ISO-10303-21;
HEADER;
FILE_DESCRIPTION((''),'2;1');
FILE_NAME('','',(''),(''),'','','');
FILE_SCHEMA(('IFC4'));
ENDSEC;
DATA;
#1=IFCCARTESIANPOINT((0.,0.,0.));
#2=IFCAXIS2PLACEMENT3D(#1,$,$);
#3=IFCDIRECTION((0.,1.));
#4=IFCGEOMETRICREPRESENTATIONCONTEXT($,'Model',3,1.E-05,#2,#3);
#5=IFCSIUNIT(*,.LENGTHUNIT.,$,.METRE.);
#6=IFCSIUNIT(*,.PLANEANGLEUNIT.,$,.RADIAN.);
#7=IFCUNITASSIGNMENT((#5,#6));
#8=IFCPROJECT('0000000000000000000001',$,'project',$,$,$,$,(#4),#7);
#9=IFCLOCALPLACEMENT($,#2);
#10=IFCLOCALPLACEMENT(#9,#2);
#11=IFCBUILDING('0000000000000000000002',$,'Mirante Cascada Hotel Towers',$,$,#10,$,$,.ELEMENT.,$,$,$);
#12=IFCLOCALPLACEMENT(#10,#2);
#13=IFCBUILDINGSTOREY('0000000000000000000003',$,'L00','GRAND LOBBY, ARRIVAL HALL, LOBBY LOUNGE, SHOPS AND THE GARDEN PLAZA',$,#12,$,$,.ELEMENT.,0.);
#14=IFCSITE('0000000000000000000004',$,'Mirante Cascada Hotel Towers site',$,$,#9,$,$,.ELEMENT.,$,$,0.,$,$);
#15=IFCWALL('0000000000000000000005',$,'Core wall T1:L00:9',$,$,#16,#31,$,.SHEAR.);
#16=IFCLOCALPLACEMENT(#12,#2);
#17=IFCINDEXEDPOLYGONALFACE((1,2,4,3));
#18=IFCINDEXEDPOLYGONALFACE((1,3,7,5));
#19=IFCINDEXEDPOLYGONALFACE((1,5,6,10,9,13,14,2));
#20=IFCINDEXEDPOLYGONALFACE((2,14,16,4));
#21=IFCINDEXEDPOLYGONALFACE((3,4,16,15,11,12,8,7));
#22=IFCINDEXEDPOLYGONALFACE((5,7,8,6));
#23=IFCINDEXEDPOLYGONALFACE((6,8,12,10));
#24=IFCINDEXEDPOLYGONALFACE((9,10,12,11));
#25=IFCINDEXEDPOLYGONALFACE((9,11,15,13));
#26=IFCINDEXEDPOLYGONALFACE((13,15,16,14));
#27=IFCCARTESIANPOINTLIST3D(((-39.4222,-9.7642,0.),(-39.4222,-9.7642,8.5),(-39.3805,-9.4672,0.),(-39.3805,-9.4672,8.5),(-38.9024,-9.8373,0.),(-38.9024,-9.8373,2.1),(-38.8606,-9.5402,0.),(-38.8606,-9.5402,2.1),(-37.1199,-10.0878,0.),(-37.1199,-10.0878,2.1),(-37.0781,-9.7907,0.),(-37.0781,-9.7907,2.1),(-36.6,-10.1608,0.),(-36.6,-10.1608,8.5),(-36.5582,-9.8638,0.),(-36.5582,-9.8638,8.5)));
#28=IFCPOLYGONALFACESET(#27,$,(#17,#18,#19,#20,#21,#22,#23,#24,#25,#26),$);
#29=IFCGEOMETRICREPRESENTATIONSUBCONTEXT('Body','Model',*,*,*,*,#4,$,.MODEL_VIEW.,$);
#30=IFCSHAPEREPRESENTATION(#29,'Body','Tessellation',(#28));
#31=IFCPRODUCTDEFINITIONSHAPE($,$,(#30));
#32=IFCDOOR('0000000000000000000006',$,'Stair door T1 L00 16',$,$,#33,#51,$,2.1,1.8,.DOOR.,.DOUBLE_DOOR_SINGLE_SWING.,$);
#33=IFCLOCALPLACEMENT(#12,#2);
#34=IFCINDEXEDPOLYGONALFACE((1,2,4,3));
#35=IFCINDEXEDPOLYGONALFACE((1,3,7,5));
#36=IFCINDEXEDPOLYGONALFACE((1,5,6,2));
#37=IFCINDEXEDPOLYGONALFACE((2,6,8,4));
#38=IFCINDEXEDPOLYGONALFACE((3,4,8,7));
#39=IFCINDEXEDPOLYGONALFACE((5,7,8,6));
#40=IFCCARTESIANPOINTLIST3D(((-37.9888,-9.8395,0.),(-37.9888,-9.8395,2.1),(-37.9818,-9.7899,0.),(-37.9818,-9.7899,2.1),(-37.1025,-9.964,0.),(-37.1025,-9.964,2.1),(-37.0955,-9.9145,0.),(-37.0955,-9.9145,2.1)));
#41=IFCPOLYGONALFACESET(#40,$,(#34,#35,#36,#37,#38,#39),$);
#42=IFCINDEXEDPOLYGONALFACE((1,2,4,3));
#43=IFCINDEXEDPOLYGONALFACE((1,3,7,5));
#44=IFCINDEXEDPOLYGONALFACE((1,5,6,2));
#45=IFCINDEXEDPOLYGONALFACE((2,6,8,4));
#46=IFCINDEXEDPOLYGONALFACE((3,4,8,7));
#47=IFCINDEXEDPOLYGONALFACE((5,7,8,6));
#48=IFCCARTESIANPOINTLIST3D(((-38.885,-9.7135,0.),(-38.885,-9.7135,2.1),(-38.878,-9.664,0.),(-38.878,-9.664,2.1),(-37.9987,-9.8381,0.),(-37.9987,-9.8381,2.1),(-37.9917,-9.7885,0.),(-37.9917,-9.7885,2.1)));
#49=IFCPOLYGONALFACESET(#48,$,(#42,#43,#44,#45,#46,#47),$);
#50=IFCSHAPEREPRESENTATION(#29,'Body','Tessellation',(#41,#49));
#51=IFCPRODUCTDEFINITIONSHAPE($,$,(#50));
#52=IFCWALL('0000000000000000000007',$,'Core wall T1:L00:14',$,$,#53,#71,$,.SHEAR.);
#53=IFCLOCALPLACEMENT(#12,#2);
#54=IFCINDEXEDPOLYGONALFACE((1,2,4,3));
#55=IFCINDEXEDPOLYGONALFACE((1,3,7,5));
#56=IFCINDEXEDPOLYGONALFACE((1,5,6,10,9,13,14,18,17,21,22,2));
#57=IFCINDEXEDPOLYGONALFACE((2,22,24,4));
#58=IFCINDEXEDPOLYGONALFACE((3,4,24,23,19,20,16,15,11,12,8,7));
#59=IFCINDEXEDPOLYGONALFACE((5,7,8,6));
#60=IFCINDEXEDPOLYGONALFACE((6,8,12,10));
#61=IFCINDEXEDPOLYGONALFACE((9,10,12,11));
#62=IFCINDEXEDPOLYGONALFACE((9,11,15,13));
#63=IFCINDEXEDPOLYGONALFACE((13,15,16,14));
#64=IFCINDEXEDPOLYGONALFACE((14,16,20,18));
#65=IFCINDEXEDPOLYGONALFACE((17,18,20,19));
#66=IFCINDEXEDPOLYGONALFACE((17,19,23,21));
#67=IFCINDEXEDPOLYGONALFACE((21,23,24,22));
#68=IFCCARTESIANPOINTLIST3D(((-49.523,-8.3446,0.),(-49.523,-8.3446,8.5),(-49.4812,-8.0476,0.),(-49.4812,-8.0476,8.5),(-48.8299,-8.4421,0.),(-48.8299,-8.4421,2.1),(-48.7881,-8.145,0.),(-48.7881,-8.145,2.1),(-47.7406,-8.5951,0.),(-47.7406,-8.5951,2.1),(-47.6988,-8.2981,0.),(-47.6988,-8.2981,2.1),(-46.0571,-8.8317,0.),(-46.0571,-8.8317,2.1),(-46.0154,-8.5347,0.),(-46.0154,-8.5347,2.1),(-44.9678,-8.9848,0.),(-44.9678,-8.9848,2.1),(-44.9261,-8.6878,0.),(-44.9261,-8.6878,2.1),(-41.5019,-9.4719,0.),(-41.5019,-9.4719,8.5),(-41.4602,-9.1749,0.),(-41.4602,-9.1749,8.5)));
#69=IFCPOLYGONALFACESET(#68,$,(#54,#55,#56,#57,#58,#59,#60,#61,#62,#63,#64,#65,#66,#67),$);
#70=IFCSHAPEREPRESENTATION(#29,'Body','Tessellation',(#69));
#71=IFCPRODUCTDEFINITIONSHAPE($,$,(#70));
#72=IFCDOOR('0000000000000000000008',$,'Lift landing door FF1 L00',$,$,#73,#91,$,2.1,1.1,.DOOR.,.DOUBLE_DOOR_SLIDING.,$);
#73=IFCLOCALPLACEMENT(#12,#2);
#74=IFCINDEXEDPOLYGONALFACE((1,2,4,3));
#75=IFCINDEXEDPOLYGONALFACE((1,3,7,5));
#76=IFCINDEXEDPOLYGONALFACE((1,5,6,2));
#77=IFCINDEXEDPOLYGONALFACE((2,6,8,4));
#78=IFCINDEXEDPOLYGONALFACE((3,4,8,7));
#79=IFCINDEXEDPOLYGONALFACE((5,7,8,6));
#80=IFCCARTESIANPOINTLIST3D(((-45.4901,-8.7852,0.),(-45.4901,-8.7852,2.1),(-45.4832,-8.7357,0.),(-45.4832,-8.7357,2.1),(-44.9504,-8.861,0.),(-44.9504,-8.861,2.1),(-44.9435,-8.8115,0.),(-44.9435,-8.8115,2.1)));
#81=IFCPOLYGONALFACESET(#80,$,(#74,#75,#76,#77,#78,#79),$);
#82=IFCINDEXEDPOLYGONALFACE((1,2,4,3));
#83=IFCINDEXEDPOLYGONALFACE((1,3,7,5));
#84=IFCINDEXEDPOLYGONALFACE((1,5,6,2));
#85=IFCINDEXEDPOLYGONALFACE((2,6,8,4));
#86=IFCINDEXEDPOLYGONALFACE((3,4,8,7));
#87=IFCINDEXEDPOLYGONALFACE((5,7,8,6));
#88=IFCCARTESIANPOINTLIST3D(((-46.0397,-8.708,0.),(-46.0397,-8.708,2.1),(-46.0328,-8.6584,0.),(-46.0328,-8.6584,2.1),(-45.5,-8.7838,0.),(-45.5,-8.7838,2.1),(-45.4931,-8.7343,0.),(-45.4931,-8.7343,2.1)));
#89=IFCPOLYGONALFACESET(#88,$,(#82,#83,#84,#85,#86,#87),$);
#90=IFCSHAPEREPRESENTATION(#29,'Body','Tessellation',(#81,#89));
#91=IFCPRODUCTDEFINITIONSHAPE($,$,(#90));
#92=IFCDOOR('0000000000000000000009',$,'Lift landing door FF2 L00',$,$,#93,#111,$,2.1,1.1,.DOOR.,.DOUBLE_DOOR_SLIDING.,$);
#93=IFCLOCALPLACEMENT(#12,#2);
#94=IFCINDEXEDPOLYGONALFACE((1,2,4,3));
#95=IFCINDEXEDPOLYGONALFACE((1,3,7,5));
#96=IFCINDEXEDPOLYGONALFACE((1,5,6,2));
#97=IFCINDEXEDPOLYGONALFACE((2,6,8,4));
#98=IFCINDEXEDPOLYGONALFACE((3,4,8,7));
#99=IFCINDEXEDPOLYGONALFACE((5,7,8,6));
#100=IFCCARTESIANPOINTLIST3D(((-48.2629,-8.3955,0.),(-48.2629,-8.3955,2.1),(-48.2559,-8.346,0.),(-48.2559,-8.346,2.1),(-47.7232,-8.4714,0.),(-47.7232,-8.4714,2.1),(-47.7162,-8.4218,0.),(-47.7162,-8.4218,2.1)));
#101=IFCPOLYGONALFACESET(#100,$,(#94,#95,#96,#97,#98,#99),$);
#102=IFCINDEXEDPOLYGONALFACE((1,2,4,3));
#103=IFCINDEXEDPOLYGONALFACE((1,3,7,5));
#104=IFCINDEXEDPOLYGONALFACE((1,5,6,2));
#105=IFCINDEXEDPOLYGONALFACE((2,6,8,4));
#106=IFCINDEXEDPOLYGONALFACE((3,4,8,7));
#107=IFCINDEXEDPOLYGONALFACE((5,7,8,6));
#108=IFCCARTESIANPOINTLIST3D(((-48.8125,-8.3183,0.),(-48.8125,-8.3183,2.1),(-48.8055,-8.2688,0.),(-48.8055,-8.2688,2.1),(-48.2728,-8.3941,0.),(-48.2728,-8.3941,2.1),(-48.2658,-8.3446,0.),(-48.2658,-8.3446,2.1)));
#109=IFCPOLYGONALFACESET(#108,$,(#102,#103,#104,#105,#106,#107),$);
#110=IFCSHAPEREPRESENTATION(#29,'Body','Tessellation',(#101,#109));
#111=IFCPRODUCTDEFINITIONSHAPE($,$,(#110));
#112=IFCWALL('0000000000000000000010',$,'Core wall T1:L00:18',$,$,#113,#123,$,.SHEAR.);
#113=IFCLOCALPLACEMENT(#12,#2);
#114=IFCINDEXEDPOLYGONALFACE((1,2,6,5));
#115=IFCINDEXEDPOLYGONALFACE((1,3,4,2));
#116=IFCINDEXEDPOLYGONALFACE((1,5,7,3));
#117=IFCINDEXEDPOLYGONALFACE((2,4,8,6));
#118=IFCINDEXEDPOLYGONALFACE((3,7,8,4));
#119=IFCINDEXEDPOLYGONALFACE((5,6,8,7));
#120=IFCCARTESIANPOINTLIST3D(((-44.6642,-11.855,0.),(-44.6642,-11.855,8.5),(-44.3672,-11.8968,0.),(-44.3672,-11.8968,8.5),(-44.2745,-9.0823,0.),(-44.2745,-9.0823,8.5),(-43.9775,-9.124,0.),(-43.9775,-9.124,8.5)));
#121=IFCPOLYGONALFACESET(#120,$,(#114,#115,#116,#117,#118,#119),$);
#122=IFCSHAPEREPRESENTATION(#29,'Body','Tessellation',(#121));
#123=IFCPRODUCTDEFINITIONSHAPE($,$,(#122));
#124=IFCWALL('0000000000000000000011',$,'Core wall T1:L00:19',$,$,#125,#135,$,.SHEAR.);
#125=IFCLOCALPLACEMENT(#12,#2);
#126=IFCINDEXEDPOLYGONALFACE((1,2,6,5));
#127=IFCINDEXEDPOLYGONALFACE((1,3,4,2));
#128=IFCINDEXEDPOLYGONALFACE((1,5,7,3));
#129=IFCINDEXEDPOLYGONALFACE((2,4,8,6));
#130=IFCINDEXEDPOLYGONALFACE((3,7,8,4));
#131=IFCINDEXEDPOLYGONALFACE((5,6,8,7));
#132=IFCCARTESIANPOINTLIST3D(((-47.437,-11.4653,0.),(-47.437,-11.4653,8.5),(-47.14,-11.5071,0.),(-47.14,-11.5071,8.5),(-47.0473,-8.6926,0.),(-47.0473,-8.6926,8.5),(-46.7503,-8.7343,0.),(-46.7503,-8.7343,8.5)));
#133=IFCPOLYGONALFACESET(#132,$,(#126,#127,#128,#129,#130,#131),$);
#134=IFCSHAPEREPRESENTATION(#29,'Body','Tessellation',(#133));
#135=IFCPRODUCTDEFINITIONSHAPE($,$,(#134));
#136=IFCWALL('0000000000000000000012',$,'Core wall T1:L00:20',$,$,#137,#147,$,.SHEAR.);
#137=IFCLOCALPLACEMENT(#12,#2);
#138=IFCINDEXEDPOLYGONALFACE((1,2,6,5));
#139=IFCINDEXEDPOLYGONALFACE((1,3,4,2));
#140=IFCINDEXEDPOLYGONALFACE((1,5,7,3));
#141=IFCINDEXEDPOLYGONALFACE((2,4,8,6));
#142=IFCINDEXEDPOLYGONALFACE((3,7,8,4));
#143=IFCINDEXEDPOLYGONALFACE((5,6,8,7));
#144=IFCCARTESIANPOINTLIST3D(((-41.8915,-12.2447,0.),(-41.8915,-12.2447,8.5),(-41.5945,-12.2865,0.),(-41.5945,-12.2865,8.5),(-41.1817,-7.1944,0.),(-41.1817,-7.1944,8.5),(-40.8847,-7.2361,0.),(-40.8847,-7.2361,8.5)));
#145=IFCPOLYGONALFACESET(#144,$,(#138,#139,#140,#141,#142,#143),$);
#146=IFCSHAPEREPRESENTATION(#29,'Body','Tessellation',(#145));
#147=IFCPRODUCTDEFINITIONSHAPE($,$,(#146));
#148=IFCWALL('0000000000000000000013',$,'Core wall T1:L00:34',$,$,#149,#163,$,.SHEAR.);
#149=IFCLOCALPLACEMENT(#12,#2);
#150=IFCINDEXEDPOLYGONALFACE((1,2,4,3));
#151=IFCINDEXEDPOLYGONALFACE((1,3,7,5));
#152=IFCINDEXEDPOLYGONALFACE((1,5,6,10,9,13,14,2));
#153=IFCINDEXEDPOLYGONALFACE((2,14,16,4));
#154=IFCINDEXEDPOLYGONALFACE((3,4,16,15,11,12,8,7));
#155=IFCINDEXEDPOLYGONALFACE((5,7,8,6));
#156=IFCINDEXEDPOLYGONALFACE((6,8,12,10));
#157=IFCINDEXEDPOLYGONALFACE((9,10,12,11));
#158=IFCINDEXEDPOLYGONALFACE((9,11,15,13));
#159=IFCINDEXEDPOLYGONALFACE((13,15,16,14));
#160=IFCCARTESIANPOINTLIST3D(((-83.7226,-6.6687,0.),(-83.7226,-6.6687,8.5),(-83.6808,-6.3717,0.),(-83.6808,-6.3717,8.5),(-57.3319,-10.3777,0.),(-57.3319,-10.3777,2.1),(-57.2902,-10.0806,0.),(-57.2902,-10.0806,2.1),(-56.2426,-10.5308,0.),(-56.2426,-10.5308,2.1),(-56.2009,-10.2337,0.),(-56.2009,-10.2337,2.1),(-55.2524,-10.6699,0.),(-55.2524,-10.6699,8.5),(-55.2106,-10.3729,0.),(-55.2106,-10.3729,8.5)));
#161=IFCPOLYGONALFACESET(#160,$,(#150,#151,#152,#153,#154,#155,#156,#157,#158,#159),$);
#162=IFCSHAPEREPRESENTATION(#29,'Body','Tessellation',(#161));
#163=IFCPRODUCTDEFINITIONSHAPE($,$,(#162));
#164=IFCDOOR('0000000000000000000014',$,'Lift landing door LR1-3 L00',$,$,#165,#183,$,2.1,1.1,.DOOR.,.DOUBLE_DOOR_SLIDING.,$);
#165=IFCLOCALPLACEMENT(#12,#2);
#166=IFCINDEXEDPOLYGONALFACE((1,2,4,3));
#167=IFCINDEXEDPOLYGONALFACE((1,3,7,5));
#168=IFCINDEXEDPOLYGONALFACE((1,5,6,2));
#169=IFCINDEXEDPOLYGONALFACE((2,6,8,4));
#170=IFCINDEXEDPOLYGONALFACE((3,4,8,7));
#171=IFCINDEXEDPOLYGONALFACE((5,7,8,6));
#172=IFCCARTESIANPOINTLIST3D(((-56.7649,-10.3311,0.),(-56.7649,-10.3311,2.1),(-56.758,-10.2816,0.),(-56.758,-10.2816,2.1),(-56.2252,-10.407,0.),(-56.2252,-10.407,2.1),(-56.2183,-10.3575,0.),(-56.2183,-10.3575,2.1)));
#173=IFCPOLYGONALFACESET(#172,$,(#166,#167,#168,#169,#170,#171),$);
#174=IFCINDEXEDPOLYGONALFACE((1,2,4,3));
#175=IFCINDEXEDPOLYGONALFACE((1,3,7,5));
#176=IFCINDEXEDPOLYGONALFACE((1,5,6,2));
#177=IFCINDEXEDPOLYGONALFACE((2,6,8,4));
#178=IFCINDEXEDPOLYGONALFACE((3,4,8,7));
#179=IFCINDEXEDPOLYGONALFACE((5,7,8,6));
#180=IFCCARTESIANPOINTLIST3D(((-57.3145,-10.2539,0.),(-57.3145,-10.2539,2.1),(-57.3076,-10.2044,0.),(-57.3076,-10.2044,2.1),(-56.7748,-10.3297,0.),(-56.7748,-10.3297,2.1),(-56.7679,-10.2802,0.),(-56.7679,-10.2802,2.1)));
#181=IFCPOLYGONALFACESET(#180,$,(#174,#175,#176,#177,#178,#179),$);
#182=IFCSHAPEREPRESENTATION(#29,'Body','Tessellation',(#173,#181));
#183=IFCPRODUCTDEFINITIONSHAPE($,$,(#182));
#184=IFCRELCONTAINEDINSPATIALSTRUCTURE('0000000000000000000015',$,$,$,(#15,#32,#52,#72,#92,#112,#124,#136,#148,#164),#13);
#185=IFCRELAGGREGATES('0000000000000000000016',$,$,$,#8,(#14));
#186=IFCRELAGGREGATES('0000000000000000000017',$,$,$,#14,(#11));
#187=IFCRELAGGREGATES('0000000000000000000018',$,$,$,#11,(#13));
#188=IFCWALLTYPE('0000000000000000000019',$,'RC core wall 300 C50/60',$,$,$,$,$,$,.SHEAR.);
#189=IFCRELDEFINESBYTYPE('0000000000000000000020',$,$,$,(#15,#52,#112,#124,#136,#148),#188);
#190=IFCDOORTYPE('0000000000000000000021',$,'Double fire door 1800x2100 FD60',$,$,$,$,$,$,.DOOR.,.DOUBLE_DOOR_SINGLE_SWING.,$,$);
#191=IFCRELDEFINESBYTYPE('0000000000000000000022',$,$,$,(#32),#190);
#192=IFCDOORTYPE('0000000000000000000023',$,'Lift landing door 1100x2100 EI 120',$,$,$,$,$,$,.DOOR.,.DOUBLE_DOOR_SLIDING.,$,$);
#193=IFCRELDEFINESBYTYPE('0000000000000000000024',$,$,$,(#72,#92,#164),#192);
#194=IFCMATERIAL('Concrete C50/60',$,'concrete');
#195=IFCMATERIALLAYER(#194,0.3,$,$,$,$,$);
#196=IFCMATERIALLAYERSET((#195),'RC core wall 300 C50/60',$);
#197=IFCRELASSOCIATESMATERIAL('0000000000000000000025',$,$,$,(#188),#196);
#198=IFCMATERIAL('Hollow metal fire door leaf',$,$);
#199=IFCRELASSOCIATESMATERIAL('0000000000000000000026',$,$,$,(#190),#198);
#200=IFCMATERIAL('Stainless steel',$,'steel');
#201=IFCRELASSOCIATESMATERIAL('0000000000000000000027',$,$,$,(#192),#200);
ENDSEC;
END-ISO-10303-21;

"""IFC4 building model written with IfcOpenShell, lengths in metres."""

from ifc_helpers import new_model, si_unit, direction, frame, frame_2d, origin, place, context, subcontext, project, spatial, rectangle, extrude, material, layer, layer_set, type_object, element, fill, save


model = new_model("IFC4")

# Units and contexts
model_context = context("Model", 3, precision=1e-05, world=origin(), true_north=direction((0.0, 1.0)))
body_context = subcontext(model_context, "Body", "Model", "MODEL_VIEW")
ifc_project = project(units=[si_unit("LENGTHUNIT", "METRE"), si_unit("PLANEANGLEUNIT", "RADIAN")], contexts=[model_context])

# Site, building, storey
site_placement = place(None, origin())
site = spatial("IfcSite", under=ifc_project, at=site_placement, Name="Mirante Cascada Hotel Towers site", CompositionType="ELEMENT", RefElevation=0.0)
building_placement = place(site_placement, origin())
building = spatial("IfcBuilding", under=site, at=building_placement, Name="Mirante Cascada Hotel Towers", CompositionType="ELEMENT")
storey_placement = place(building_placement, origin())
storey = spatial("IfcBuildingStorey", under=building, at=storey_placement, Name="L00", Description="GRAND LOBBY, ARRIVAL HALL, LOBBY LOUNGE, SHOPS AND THE GARDEN PLAZA", CompositionType="ELEMENT", Elevation=0.0)

# Wall, opening, door
ifc_material_1 = material(Name="Concrete C50/60", Category="concrete")
ifc_layer = layer(ifc_material_1, 0.3)
ifc_layer_set = layer_set([ifc_layer], Name="RC core wall 300 C50/60")
wall_type = type_object("IfcWallType", Name="RC core wall 300 C50/60", PredefinedType="SHEAR", material=ifc_layer_set)
wall_1_placement = place(storey_placement, frame((-36.5791, -10.0123, 0.0), z_axis=(0.0, 0.0, 1.0), x_axis=(-0.99027, 0.139156, 0.0)))
wall_1 = element("IfcWall", 1, at=wall_1_placement, inside=storey, type_object=wall_type, Name="Core wall T1:L00:9", PredefinedType="SHEAR", context=body_context, shape_type="SweptSolid", body=[
    extrude(rectangle(XDim=2.85, YDim=0.3, at=frame_2d((1.425, 0.0))), origin(), (0.0, 0.0, 1.0), 8.5),
])
opening_1_placement = place(wall_1_placement, frame((0.525, 0.0, 0.0)))
opening_1 = element("IfcOpeningElement", 2, at=opening_1_placement, cuts=wall_1, PredefinedType="OPENING", context=body_context, shape_type="SweptSolid", body=[
    extrude(rectangle(XDim=1.8, YDim=2.1, at=frame_2d((0.9, 1.05))), frame((0.0, 0.15, 0.0), z_axis=(0.0, -1.0, 0.0), x_axis=(1.0, 0.0, 0.0)), (0.0, 0.0, 1.0), 0.3),
])
ifc_material_2 = material(Name="Hollow metal fire door leaf")
door_type_1 = type_object("IfcDoorType", Name="Double fire door 1800x2100 FD60", OperationType="DOUBLE_DOOR_SINGLE_SWING", PredefinedType="DOOR", material=ifc_material_2)
door_1_placement = place(opening_1_placement, origin())
door_1 = element("IfcDoor", 3, at=door_1_placement, inside=storey, type_object=door_type_1, Name="Stair door T1 L00 16", OperationType="DOUBLE_DOOR_SINGLE_SWING", OverallHeight=2.1, OverallWidth=1.8, PredefinedType="DOOR", context=body_context, shape_type="SweptSolid", body=[
    extrude(rectangle(XDim=0.895, YDim=2.1, at=frame_2d((0.4475, 1.05))), frame((0.0, 0.025, 0.0), z_axis=(0.0, -1.0, 0.0), x_axis=(1.0, 0.0, 0.0)), (0.0, 0.0, 1.0), 0.05),
    extrude(rectangle(XDim=0.895, YDim=2.1, at=frame_2d((1.3525, 1.05))), frame((0.0, 0.025, 0.0), z_axis=(0.0, -1.0, 0.0), x_axis=(1.0, 0.0, 0.0)), (0.0, 0.0, 1.0), 0.05),
])
fill(opening_1, door_1)

# Wall, openings, doors
wall_2_placement = place(storey_placement, frame((-41.481, -9.3234, 0.0), z_axis=(0.0, 0.0, 1.0), x_axis=(-0.990268, 0.139174, 0.0)))
wall_2 = element("IfcWall", 4, at=wall_2_placement, inside=storey, type_object=wall_type, Name="Core wall T1:L00:14", PredefinedType="SHEAR", context=body_context, shape_type="SweptSolid", body=[
    extrude(rectangle(XDim=8.0999, YDim=0.3, at=frame_2d((4.05, 0.0))), origin(), (0.0, 0.0, 1.0), 8.5),
])
opening_2_placement = place(wall_2_placement, frame((3.5, 0.0, 0.0)))
opening_2 = element("IfcOpeningElement", 5, at=opening_2_placement, cuts=wall_2, PredefinedType="OPENING", context=body_context, shape_type="SweptSolid", body=[
    extrude(rectangle(XDim=1.1, YDim=2.1, at=frame_2d((0.55, 1.05))), frame((0.0, 0.15, 0.0), z_axis=(0.0, -1.0, 0.0), x_axis=(1.0, 0.0, 0.0)), (0.0, 0.0, 1.0), 0.3),
])
opening_3_placement = place(wall_2_placement, frame((6.3, 0.0, 0.0)))
opening_3 = element("IfcOpeningElement", 6, at=opening_3_placement, cuts=wall_2, PredefinedType="OPENING", context=body_context, shape_type="SweptSolid", body=[
    extrude(rectangle(XDim=1.1, YDim=2.1, at=frame_2d((0.55, 1.05))), frame((0.0, 0.15, 0.0), z_axis=(0.0, -1.0, 0.0), x_axis=(1.0, 0.0, 0.0)), (0.0, 0.0, 1.0), 0.3),
])
ifc_material_3 = material(Name="Stainless steel", Category="steel")
door_type_2 = type_object("IfcDoorType", Name="Lift landing door 1100x2100 EI 120", OperationType="DOUBLE_DOOR_SLIDING", PredefinedType="DOOR", material=ifc_material_3)
door_2_placement = place(opening_2_placement, origin())
door_2 = element("IfcDoor", 7, at=door_2_placement, inside=storey, type_object=door_type_2, Name="Lift landing door FF1 L00", OperationType="DOUBLE_DOOR_SLIDING", OverallHeight=2.1, OverallWidth=1.1, PredefinedType="DOOR", context=body_context, shape_type="SweptSolid", body=[
    extrude(rectangle(XDim=0.545, YDim=2.1, at=frame_2d((0.2725, 1.05))), frame((0.0, 0.025, 0.0), z_axis=(0.0, -1.0, 0.0), x_axis=(1.0, 0.0, 0.0)), (0.0, 0.0, 1.0), 0.05),
    extrude(rectangle(XDim=0.545, YDim=2.1, at=frame_2d((0.8275, 1.05))), frame((0.0, 0.025, 0.0), z_axis=(0.0, -1.0, 0.0), x_axis=(1.0, 0.0, 0.0)), (0.0, 0.0, 1.0), 0.05),
])
fill(opening_2, door_2)
door_3_placement = place(opening_3_placement, origin())
door_3 = element("IfcDoor", 8, at=door_3_placement, inside=storey, type_object=door_type_2, Name="Lift landing door FF2 L00", OperationType="DOUBLE_DOOR_SLIDING", OverallHeight=2.1, OverallWidth=1.1, PredefinedType="DOOR", context=body_context, shape_type="SweptSolid", body=[
    extrude(rectangle(XDim=0.545, YDim=2.1, at=frame_2d((0.2725, 1.05))), frame((0.0, 0.025, 0.0), z_axis=(0.0, -1.0, 0.0), x_axis=(1.0, 0.0, 0.0)), (0.0, 0.0, 1.0), 0.05),
    extrude(rectangle(XDim=0.545, YDim=2.1, at=frame_2d((0.8275, 1.05))), frame((0.0, 0.025, 0.0), z_axis=(0.0, -1.0, 0.0), x_axis=(1.0, 0.0, 0.0)), (0.0, 0.0, 1.0), 0.05),
])
fill(opening_3, door_3)

# Walls
for number, where, z_axis, x_axis, name in (
    (9, (-44.5157, -11.8759, 0.0), (0.0, 0.0, 1.0), (0.139181, 0.990267, 0.0), "Core wall T1:L00:18"),
    (10, (-47.2885, -11.4862, 0.0), (0.0, 0.0, 1.0), (0.139181, 0.990267, 0.0), "Core wall T1:L00:19"),
):
    element("IfcWall", number, at=place(storey_placement, frame(where, z_axis=z_axis, x_axis=x_axis)), inside=storey, type_object=wall_type, Name=name, PredefinedType="SHEAR", context=body_context, shape_type="SweptSolid", body=[
        extrude(rectangle(XDim=2.8, YDim=0.3, at=frame_2d((1.4, 0.0))), origin(), (0.0, 0.0, 1.0), 8.5),
    ])
wall_3_placement = place(storey_placement, frame((-41.743, -12.2656, 0.0), z_axis=(0.0, 0.0, 1.0), x_axis=(0.139176, 0.990268, 0.0)))
element("IfcWall", 11, at=wall_3_placement, inside=storey, type_object=wall_type, Name="Core wall T1:L00:20", PredefinedType="SHEAR", context=body_context, shape_type="SweptSolid", body=[
    extrude(rectangle(XDim=5.1, YDim=0.3, at=frame_2d((2.55, 0.0))), origin(), (0.0, 0.0, 1.0), 8.5),
])

# Wall, opening, door
wall_4_placement = place(storey_placement, frame((-55.2315, -10.5214, 0.0), z_axis=(0.0, 0.0, 1.0), x_axis=(-0.990268, 0.139172, 0.0)))
wall_4 = element("IfcWall", 12, at=wall_4_placement, inside=storey, type_object=wall_type, Name="Core wall T1:L00:34", PredefinedType="SHEAR", context=body_context, shape_type="SweptSolid", body=[
    extrude(rectangle(XDim=28.75, YDim=0.3, at=frame_2d((14.375, 0.0))), origin(), (0.0, 0.0, 1.0), 8.5),
])
opening_4_placement = place(wall_4_placement, frame((1.0, 0.0, 0.0)))
opening_4 = element("IfcOpeningElement", 13, at=opening_4_placement, cuts=wall_4, PredefinedType="OPENING", context=body_context, shape_type="SweptSolid", body=[
    extrude(rectangle(XDim=1.1, YDim=2.1, at=frame_2d((0.55, 1.05))), frame((0.0, 0.15, 0.0), z_axis=(0.0, -1.0, 0.0), x_axis=(1.0, 0.0, 0.0)), (0.0, 0.0, 1.0), 0.3),
])
door_4_placement = place(opening_4_placement, origin())
door_4 = element("IfcDoor", 14, at=door_4_placement, inside=storey, type_object=door_type_2, Name="Lift landing door LR1-3 L00", OperationType="DOUBLE_DOOR_SLIDING", OverallHeight=2.1, OverallWidth=1.1, PredefinedType="DOOR", context=body_context, shape_type="SweptSolid", body=[
    extrude(rectangle(XDim=0.545, YDim=2.1, at=frame_2d((0.2725, 1.05))), frame((0.0, 0.025, 0.0), z_axis=(0.0, -1.0, 0.0), x_axis=(1.0, 0.0, 0.0)), (0.0, 0.0, 1.0), 0.05),
    extrude(rectangle(XDim=0.545, YDim=2.1, at=frame_2d((0.8275, 1.05))), frame((0.0, 0.025, 0.0), z_axis=(0.0, -1.0, 0.0), x_axis=(1.0, 0.0, 0.0)), (0.0, 0.0, 1.0), 0.05),
])
fill(opening_4, door_4)

save(model, "model.ifc")
